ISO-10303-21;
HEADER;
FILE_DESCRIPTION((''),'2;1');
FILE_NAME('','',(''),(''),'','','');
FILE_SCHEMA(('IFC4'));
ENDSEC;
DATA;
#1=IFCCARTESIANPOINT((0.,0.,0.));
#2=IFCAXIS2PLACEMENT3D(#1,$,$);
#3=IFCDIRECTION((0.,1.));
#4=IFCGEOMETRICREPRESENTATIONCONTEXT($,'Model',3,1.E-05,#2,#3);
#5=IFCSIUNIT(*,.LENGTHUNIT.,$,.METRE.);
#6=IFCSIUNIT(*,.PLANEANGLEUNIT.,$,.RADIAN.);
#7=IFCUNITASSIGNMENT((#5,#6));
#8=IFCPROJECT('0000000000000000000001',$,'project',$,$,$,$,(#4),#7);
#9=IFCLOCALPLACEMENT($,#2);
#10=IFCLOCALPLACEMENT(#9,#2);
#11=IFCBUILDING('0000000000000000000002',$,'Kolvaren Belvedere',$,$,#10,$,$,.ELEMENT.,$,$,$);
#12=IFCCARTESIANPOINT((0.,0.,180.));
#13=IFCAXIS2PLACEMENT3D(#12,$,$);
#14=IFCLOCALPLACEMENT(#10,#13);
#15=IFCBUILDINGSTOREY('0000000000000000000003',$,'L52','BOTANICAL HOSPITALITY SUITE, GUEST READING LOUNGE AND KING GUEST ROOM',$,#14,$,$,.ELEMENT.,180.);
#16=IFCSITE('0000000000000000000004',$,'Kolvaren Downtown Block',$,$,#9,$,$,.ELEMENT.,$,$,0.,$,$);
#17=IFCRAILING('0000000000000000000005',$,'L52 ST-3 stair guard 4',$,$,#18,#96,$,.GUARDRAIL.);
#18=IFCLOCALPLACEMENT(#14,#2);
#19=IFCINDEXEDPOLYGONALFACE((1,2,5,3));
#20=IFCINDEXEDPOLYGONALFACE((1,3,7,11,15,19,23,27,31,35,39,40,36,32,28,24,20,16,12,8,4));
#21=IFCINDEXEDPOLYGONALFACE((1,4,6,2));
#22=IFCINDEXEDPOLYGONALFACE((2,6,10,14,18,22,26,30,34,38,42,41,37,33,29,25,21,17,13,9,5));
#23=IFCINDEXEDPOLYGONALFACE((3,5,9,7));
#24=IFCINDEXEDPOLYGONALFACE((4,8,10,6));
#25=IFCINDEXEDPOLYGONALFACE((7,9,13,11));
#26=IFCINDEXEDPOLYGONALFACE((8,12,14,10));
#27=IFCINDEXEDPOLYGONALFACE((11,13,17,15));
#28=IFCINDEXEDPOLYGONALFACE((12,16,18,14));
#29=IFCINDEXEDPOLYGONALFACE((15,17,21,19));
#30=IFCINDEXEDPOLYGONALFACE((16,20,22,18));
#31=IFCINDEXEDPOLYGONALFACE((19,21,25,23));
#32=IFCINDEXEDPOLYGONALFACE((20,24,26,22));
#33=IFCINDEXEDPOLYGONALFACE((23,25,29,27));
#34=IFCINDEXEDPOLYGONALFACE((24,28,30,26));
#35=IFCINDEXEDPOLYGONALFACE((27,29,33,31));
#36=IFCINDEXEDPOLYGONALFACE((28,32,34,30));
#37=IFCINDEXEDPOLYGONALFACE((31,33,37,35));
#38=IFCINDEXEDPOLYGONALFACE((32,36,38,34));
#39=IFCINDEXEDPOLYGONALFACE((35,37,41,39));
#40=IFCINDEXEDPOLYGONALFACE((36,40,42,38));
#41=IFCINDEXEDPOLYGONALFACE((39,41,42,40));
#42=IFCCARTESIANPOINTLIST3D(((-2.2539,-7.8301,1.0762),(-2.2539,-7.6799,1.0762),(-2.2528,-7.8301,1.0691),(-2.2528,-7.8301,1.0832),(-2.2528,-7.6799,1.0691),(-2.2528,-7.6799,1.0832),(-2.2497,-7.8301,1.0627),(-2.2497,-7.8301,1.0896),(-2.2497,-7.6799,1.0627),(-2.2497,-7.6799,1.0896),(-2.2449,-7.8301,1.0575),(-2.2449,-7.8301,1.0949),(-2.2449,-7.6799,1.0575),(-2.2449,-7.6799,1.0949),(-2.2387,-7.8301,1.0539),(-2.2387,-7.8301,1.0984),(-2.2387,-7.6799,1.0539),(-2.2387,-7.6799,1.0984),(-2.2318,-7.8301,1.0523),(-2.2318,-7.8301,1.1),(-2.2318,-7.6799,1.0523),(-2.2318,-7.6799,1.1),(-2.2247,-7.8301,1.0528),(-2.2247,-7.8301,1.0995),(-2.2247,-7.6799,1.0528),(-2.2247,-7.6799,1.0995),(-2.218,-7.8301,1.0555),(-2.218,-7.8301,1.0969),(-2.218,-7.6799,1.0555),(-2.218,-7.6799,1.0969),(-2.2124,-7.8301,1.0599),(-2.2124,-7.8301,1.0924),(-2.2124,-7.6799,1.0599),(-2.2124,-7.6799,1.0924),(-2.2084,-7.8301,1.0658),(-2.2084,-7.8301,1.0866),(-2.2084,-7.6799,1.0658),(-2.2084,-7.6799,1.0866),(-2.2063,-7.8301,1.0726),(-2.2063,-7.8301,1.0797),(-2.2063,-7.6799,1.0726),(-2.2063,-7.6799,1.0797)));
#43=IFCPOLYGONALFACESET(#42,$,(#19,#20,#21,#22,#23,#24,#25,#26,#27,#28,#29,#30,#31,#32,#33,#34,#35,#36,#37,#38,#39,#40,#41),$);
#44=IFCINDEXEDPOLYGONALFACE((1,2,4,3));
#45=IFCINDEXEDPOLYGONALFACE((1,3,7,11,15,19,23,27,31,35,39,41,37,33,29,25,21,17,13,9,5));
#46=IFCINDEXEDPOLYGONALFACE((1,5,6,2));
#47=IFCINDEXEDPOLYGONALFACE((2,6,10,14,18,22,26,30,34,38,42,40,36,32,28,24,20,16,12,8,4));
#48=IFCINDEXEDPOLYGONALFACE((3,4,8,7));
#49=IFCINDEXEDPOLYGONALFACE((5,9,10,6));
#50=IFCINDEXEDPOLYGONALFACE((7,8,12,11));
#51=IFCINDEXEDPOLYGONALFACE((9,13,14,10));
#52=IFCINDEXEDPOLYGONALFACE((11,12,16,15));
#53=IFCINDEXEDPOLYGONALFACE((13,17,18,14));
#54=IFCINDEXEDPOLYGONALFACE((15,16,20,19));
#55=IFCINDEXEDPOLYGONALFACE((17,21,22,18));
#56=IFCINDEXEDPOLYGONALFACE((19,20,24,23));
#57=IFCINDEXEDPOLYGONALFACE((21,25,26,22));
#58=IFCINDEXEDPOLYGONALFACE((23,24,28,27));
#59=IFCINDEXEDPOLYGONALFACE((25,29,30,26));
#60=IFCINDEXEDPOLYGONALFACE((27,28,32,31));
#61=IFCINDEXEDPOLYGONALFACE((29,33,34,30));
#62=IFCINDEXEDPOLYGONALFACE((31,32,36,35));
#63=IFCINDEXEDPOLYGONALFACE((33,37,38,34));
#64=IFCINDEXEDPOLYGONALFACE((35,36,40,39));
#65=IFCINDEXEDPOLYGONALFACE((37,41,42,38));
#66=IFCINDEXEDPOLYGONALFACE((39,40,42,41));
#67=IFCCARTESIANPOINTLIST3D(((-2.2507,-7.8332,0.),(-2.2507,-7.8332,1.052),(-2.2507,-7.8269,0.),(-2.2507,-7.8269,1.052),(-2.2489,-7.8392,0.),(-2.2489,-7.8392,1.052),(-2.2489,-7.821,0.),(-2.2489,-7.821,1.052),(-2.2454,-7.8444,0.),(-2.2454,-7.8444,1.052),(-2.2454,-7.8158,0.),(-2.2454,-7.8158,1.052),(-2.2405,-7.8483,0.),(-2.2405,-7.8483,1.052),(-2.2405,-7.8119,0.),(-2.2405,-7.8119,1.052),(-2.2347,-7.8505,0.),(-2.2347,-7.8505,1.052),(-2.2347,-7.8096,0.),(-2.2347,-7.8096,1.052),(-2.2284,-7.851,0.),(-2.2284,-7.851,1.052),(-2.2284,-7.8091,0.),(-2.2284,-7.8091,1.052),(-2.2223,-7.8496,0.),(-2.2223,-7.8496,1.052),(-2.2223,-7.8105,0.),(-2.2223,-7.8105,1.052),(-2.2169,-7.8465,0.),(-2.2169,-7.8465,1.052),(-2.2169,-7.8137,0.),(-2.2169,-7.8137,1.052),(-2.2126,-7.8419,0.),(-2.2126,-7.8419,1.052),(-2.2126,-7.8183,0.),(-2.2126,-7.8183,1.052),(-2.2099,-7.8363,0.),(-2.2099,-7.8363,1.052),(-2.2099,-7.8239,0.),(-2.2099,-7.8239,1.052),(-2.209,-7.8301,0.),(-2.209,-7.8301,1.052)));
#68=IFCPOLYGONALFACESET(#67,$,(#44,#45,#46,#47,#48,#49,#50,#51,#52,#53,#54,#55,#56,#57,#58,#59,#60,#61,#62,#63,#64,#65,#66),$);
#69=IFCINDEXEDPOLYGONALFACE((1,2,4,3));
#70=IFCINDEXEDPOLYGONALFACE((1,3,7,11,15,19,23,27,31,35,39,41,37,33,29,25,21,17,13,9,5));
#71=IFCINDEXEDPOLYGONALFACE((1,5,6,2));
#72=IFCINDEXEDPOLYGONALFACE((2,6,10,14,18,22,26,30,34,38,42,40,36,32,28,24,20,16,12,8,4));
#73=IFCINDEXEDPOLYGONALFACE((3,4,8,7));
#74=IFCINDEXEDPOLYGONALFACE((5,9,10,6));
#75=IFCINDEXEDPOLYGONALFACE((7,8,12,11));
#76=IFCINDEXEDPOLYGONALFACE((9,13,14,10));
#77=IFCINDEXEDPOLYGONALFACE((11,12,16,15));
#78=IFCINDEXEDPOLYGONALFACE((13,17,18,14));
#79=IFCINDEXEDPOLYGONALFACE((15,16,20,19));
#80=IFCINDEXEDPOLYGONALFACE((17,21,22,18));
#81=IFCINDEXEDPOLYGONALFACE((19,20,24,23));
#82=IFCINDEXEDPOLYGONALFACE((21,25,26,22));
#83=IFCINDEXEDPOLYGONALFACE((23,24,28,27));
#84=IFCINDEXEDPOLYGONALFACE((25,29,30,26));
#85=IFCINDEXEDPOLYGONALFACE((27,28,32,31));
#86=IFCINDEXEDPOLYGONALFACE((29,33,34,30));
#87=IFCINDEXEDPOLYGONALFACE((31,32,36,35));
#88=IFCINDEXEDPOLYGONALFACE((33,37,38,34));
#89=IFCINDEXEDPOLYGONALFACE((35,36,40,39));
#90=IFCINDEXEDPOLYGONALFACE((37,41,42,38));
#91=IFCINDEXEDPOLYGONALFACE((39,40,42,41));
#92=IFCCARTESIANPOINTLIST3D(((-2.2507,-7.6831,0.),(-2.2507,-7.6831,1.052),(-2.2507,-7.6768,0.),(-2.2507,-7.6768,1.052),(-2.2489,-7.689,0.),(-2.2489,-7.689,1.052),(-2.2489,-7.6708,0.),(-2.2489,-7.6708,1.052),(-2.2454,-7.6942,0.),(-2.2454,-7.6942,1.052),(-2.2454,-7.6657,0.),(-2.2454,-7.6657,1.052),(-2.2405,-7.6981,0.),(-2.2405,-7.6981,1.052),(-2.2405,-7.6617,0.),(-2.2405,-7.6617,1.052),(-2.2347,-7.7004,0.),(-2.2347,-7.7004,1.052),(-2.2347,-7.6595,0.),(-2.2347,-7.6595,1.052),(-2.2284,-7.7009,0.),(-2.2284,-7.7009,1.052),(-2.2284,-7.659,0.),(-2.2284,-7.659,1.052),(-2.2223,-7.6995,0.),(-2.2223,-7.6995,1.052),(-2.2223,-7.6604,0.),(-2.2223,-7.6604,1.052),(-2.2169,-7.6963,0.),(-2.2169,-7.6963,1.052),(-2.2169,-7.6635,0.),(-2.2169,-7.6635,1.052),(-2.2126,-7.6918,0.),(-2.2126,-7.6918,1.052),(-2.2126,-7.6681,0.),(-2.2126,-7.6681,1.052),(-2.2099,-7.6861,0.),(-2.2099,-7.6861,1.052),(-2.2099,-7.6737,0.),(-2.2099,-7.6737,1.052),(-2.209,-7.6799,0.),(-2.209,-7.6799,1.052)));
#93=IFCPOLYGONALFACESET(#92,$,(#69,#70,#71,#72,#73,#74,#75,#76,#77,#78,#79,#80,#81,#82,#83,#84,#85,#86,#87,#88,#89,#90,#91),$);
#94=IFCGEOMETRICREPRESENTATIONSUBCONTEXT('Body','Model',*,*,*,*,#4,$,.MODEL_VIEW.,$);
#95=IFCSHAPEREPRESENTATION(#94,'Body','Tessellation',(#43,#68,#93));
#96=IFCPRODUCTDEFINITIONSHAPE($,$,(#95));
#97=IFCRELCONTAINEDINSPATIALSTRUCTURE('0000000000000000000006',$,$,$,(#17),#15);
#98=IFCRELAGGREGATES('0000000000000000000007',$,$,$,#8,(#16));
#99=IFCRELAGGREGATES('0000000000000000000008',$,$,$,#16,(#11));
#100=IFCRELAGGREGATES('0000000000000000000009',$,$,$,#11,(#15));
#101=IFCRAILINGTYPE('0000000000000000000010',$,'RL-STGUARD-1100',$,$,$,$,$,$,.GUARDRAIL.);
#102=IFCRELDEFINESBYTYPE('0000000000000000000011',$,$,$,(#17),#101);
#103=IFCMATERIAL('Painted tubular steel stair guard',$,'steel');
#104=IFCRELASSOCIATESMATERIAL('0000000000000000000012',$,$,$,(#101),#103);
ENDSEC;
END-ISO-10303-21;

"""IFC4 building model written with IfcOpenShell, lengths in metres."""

from ifc_helpers import new_model, si_unit, direction, frame, origin, origin_2d, place, context, subcontext, project, spatial, circle, extrude, material, type_object, element, save


model = new_model("IFC4")

# Units and contexts
model_context = context("Model", 3, precision=1e-05, world=origin(), true_north=direction((0.0, 1.0)))
body_context = subcontext(model_context, "Body", "Model", "MODEL_VIEW")
ifc_project = project(units=[si_unit("LENGTHUNIT", "METRE"), si_unit("PLANEANGLEUNIT", "RADIAN")], contexts=[model_context])

# Site, building, storey
site_placement = place(None, origin())
site = spatial("IfcSite", under=ifc_project, at=site_placement, Name="Kolvaren Downtown Block", CompositionType="ELEMENT", RefElevation=0.0)
building_placement = place(site_placement, origin())
building = spatial("IfcBuilding", under=site, at=building_placement, Name="Kolvaren Belvedere", CompositionType="ELEMENT")
storey_placement = place(building_placement, frame((0.0, 0.0, 180.0)))
storey = spatial("IfcBuildingStorey", under=building, at=storey_placement, Name="L52", Description="BOTANICAL HOSPITALITY SUITE, GUEST READING LOUNGE AND KING GUEST ROOM", CompositionType="ELEMENT", Elevation=180.0)

# Railing
ifc_material_1 = material(Name="Painted tubular steel stair guard", Category="steel")
railing_type_1 = type_object("IfcRailingType", Name="RL-STGUARD-1100", PredefinedType="GUARDRAIL", material=ifc_material_1)
railing_1_placement = place(storey_placement, frame((-2.23, -7.8301, 0.0)))
element("IfcRailing", 1, at=railing_1_placement, inside=storey, type_object=railing_type_1, Name="L52 ST-3 stair guard 4", PredefinedType="GUARDRAIL", context=body_context, shape_type="SweptSolid", body=[
    extrude(circle(Radius=0.0239, at=origin_2d()), frame((0.0, 0.0, 1.0762), z_axis=(0.0, 1.0, 0.0), x_axis=(-1.0, 0.0, 0.0)), (0.0, 0.0, 1.0), 0.1501),
    extrude(circle(Radius=0.021, at=origin_2d()), origin(), (0.0, 0.0, 1.0), 1.052),
    extrude(circle(Radius=0.021, at=origin_2d()), frame((0.0, 0.1501, 0.0)), (0.0, 0.0, 1.0), 1.052),
])

save(model, "model.ifc")
